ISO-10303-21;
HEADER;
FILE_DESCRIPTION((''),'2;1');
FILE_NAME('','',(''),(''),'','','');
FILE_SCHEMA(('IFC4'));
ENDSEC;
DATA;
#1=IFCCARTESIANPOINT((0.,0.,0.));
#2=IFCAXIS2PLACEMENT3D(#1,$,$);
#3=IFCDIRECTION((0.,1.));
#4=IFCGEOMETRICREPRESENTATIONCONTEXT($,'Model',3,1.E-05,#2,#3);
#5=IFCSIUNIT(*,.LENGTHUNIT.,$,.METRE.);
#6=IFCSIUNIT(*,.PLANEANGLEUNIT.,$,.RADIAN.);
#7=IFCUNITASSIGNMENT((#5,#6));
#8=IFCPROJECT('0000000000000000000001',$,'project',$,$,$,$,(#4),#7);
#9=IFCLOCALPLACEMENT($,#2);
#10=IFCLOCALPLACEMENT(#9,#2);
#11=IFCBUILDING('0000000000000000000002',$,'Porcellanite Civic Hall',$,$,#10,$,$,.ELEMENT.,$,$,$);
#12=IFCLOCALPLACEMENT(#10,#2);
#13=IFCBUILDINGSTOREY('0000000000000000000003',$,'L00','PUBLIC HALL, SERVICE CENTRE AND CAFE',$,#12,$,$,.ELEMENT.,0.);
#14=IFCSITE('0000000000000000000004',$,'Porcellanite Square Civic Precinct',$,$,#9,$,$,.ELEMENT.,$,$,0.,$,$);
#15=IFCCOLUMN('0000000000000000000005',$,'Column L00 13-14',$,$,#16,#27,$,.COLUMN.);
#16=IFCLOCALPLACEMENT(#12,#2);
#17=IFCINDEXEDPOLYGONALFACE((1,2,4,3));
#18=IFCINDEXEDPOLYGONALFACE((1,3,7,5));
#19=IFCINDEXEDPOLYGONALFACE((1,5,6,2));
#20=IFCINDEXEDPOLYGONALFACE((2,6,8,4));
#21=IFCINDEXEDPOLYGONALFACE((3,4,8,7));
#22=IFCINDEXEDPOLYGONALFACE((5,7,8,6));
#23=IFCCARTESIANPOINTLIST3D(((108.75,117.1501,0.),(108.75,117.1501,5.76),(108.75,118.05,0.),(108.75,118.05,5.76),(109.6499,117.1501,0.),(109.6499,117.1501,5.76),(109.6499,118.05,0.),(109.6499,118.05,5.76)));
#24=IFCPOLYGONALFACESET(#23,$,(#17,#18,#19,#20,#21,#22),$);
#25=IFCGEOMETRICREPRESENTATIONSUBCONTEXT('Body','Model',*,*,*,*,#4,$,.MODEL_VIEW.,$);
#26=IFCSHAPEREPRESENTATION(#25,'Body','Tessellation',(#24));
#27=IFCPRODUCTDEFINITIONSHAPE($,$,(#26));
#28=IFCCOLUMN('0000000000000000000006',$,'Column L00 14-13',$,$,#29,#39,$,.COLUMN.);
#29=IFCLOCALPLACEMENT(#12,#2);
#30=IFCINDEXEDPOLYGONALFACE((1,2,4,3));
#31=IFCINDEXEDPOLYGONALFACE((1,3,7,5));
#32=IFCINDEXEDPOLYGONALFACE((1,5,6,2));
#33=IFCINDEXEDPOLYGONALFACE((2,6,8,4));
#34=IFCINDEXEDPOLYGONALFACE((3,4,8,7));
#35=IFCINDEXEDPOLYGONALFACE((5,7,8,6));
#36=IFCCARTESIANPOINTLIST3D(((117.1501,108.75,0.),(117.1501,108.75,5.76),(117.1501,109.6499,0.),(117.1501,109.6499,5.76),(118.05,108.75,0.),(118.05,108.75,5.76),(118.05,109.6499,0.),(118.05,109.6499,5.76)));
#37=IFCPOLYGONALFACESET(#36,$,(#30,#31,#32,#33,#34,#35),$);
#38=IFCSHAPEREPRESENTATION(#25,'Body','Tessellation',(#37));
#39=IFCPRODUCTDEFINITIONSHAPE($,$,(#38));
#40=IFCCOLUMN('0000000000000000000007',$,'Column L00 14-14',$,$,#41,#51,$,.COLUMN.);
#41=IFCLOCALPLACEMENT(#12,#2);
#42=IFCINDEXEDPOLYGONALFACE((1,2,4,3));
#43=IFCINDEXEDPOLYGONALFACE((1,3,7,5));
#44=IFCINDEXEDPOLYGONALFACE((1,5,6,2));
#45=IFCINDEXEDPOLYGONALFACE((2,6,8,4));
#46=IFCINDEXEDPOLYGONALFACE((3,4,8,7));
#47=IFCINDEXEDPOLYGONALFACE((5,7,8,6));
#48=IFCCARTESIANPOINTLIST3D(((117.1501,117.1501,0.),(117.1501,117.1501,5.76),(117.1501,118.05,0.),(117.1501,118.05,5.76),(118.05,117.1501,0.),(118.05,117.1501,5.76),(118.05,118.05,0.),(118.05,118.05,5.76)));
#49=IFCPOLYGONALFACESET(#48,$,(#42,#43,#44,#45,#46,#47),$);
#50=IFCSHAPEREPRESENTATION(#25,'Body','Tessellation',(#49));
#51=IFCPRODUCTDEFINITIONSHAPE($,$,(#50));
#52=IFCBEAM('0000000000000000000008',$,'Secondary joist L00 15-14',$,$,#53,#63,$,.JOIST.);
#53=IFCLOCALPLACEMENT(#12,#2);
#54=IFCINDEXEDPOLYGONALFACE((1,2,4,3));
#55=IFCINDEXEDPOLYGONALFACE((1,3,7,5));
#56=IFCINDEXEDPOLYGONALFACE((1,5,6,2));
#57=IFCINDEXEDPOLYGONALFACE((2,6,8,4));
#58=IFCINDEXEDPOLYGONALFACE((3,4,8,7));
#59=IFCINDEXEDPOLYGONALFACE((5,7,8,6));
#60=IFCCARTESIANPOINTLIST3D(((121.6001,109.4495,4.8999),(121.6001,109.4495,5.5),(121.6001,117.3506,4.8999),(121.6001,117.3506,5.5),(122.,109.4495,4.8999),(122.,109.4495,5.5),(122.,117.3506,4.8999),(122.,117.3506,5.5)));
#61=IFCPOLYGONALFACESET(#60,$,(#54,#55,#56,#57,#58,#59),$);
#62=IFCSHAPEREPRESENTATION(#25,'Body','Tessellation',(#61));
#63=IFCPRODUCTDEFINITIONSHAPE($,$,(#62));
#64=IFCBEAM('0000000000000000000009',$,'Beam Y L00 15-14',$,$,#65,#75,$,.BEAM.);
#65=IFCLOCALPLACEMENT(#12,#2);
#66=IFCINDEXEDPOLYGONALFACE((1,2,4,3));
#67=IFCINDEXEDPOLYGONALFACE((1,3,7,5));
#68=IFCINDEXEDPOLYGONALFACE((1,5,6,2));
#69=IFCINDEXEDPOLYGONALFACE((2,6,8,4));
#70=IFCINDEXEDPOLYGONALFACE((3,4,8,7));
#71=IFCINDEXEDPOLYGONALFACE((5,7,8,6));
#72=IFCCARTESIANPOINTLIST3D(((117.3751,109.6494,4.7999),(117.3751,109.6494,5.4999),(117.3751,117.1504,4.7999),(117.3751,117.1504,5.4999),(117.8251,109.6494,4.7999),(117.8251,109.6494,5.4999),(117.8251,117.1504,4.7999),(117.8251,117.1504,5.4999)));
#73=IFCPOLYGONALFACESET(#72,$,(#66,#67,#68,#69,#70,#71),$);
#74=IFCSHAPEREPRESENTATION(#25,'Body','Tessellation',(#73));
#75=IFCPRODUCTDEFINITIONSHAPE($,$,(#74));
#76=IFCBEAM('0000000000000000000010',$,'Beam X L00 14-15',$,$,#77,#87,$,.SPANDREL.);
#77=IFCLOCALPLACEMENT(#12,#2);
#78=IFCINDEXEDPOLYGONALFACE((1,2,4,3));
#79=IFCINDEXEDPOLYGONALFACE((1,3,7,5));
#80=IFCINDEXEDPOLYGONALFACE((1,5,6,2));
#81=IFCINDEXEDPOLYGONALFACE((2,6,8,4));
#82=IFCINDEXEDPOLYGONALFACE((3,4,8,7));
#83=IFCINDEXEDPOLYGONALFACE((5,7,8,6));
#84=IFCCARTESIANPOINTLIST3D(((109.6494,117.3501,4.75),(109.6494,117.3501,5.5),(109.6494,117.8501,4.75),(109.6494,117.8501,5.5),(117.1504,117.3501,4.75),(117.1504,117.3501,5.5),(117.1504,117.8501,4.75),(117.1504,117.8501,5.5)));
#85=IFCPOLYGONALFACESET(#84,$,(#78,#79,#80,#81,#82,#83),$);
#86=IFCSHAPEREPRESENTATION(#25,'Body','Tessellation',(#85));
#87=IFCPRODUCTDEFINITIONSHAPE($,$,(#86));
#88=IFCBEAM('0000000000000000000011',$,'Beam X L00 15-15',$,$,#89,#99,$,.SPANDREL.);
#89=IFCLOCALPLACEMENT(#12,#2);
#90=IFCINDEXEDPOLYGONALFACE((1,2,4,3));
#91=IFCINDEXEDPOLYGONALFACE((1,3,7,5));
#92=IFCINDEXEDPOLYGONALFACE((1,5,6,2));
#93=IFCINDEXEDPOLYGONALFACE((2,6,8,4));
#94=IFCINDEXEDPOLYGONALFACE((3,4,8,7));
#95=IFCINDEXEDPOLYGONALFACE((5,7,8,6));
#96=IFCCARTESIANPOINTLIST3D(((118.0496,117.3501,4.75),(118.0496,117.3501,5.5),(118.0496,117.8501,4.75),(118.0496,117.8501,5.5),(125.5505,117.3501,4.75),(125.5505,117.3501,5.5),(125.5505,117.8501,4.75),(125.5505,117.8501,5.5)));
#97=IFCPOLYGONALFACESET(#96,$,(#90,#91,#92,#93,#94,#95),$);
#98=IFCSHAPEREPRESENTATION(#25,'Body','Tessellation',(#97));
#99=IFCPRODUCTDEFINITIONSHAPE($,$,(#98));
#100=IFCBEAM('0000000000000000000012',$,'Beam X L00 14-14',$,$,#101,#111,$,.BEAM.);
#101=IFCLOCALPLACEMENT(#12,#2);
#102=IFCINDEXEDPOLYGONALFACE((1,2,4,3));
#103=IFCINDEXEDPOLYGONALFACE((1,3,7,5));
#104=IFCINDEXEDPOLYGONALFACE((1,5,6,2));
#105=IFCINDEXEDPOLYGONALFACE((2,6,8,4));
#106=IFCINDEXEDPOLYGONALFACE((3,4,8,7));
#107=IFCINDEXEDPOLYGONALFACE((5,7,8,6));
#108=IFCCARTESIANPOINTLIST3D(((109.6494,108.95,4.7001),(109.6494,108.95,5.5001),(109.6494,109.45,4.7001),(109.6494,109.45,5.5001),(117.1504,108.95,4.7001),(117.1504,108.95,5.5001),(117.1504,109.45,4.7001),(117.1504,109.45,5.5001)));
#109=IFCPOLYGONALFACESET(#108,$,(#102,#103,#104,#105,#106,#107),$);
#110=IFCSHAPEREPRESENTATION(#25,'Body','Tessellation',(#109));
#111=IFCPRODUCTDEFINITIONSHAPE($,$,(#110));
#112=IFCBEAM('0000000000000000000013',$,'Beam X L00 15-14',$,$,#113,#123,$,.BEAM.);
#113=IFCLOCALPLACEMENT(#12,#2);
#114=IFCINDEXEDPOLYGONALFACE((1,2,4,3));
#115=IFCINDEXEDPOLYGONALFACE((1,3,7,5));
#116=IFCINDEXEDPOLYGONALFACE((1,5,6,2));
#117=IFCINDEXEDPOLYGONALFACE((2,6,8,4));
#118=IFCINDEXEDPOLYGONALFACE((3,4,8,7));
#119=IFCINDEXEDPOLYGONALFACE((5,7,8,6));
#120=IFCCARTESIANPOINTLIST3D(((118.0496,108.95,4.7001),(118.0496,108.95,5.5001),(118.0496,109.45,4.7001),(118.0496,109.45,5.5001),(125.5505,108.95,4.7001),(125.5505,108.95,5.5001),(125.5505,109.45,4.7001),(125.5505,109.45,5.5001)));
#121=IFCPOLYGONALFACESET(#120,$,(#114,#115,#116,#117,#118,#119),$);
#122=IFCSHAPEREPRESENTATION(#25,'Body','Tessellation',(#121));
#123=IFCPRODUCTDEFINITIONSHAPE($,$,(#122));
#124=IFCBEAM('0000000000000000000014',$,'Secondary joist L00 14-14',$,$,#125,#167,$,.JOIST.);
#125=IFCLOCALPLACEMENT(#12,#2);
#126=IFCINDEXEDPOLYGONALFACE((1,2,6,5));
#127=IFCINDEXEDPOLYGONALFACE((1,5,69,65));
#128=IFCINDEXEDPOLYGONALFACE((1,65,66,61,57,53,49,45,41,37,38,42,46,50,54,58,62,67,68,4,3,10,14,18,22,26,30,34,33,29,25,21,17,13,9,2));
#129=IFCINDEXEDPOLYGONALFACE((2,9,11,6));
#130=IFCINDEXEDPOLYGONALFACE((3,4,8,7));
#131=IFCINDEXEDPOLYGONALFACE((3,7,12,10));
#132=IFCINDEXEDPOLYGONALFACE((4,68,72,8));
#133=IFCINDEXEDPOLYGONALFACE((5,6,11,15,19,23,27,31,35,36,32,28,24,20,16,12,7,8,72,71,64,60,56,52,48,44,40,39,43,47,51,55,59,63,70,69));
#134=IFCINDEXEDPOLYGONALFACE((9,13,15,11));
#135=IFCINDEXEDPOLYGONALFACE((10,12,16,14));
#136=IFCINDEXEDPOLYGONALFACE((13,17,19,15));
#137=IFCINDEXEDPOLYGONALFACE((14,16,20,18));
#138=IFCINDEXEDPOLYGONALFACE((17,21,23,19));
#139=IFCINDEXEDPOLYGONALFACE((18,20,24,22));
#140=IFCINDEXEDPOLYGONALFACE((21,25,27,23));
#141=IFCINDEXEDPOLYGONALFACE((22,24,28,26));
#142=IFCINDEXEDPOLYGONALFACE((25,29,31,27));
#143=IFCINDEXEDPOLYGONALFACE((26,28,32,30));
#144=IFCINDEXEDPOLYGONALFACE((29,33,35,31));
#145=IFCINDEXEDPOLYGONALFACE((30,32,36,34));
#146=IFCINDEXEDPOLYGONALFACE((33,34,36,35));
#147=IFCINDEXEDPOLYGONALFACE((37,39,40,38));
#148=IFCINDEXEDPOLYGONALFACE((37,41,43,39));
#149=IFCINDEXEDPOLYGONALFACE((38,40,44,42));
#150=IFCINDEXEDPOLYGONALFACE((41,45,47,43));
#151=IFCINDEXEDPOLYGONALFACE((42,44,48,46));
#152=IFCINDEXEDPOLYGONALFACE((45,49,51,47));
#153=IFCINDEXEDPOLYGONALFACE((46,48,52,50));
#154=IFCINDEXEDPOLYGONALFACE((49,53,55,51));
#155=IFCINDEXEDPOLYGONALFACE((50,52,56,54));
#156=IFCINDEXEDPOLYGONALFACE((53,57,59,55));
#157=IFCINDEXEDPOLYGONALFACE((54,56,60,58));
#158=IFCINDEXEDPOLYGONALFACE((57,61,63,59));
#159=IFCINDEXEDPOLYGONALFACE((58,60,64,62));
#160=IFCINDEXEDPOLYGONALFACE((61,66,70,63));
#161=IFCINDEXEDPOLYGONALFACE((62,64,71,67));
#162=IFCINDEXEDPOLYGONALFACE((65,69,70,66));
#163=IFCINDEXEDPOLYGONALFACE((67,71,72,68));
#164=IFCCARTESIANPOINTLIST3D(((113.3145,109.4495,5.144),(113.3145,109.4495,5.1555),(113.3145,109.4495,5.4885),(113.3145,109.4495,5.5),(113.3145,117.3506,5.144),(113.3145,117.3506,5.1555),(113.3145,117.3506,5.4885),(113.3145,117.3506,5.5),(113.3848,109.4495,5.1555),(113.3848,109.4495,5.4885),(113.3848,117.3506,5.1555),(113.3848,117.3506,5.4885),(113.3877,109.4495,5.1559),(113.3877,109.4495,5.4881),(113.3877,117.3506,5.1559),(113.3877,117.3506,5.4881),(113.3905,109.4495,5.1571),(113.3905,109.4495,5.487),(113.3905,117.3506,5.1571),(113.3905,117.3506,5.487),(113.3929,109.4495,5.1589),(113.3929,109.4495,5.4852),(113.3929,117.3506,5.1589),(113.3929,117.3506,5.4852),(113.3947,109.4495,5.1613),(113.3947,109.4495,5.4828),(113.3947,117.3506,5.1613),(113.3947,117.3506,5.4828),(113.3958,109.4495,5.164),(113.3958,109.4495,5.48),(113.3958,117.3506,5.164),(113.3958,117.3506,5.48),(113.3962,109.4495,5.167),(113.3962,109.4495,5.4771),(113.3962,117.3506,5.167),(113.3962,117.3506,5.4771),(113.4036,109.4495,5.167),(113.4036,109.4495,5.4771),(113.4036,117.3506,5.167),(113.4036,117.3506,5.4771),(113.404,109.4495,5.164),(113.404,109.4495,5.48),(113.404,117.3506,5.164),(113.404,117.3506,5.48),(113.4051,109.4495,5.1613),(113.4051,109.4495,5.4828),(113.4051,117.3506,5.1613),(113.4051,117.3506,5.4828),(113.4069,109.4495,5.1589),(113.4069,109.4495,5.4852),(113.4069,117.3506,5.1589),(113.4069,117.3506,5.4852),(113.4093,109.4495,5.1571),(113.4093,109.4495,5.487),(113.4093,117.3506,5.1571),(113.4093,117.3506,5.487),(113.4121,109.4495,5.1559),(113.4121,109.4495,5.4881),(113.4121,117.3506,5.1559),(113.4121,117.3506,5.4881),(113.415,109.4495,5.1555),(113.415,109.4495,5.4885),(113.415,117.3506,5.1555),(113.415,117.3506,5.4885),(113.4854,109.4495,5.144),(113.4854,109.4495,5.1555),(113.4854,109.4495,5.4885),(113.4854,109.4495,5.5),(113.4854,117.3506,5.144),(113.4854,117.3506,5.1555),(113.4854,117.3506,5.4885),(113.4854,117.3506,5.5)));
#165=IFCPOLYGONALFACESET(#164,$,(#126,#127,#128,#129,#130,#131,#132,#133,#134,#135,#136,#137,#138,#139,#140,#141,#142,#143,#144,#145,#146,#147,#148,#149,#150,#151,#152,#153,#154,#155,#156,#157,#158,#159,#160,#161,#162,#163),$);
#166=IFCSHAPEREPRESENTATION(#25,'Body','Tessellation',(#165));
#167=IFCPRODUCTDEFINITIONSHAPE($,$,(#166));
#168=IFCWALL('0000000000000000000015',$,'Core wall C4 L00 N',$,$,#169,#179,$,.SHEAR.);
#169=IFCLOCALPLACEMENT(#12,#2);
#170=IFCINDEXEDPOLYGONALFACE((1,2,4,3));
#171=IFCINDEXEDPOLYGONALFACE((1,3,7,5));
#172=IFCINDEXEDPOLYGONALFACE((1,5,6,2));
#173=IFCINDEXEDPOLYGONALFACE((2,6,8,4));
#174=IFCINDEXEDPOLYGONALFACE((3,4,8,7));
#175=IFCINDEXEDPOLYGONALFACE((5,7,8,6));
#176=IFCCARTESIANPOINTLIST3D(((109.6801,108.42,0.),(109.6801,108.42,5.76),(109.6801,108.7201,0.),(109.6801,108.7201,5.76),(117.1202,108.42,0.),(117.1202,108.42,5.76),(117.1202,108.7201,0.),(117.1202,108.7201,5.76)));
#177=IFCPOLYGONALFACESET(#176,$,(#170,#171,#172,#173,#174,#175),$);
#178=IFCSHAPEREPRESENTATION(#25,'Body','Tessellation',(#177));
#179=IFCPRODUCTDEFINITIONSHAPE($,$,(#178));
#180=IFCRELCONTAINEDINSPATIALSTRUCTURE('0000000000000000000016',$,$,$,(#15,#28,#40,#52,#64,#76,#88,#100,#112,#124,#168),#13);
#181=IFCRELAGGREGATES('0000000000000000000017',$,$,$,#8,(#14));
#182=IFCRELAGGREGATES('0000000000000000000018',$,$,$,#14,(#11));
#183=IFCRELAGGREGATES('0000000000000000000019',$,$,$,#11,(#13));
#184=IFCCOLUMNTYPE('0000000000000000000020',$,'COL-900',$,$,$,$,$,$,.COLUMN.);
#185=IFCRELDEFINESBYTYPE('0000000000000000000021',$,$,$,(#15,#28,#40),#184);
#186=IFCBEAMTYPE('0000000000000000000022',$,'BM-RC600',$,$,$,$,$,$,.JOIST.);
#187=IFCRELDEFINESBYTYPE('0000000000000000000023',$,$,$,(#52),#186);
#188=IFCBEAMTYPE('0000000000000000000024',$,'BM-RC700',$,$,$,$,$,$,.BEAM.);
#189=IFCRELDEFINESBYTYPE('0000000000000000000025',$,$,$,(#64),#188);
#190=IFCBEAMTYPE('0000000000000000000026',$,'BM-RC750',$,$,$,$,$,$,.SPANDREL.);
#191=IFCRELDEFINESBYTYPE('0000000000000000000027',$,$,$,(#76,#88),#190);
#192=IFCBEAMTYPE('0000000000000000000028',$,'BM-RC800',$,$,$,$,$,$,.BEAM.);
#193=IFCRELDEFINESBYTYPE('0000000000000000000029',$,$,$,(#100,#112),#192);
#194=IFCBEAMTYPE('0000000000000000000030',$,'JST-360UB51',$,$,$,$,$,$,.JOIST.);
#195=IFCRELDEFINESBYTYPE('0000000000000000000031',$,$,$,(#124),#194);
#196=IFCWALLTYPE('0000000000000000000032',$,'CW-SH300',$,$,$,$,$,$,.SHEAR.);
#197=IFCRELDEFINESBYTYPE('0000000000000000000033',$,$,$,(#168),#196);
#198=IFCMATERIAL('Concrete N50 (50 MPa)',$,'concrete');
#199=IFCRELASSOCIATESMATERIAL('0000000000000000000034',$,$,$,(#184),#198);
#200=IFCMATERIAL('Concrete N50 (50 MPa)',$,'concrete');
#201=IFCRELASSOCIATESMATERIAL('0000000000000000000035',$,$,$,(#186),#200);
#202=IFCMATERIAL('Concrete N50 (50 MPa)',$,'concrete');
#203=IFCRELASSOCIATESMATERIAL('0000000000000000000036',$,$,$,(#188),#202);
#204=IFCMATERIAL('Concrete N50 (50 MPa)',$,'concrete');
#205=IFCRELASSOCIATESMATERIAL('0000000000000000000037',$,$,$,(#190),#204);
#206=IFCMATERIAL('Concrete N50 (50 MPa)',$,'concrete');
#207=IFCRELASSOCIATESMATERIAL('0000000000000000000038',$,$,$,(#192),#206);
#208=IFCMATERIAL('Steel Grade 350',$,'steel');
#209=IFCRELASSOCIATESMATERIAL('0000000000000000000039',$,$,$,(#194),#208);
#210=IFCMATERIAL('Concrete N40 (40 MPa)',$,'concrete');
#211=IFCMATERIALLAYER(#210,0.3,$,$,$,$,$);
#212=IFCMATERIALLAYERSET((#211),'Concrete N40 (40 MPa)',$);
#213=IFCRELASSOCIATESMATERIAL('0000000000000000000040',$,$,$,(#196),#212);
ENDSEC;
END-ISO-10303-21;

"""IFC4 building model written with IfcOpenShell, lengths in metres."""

from ifc_helpers import new_model, si_unit, direction, frame, frame_2d, origin, origin_2d, place, context, subcontext, project, spatial, rectangle, i_section, extrude, material, layer, layer_set, material_profile, profile_set, type_object, element, save


model = new_model("IFC4")

# Units and contexts
model_context = context("Model", 3, precision=1e-05, world=origin(), true_north=direction((0.0, 1.0)))
body_context = subcontext(model_context, "Body", "Model", "MODEL_VIEW")
ifc_project = project(units=[si_unit("LENGTHUNIT", "METRE"), si_unit("PLANEANGLEUNIT", "RADIAN")], contexts=[model_context])

# Site, building, storey
site_placement = place(None, origin())
site = spatial("IfcSite", under=ifc_project, at=site_placement, Name="Porcellanite Square Civic Precinct", CompositionType="ELEMENT", RefElevation=0.0)
building_placement = place(site_placement, origin())
building = spatial("IfcBuilding", under=site, at=building_placement, Name="Porcellanite Civic Hall", CompositionType="ELEMENT")
storey_placement = place(building_placement, origin())
storey = spatial("IfcBuildingStorey", under=building, at=storey_placement, Name="L00", Description="PUBLIC HALL, SERVICE CENTRE AND CAFE", CompositionType="ELEMENT", Elevation=0.0)

# Columns
ifc_material_1 = material(Name="Concrete N50 (50 MPa)", Category="concrete")
ifc_material_profile_1 = material_profile(ifc_material_1, rectangle(XDim=0.8999, YDim=0.8999, at=origin_2d()), Name="RC-900x900")
ifc_profile_set_1 = profile_set([ifc_material_profile_1], Name="Concrete N50 (50 MPa)")
column_type = type_object("IfcColumnType", Name="COL-900", PredefinedType="COLUMN", material=ifc_profile_set_1)
for number, where, z_axis, x_axis, name in (
    (1, (109.2, 117.6001, 0.0), (0.0, 0.0, 1.0), (1.0, 0.0, 0.0), "Column L00 13-14"),
    (2, (117.6001, 109.2, 0.0), (0.0, 0.0, 1.0), (1.0, 0.0, 0.0), "Column L00 14-13"),
    (3, (117.6001, 117.6001, 0.0), (0.0, 0.0, 1.0), (1.0, 0.0, 0.0), "Column L00 14-14"),
):
    element("IfcColumn", number, at=place(storey_placement, frame(where, z_axis=z_axis, x_axis=x_axis)), inside=storey, type_object=column_type, Name=name, PredefinedType="COLUMN", context=body_context, shape_type="SweptSolid", body=[
        extrude(rectangle(XDim=0.8999, YDim=0.8999, at=origin_2d()), origin(), (0.0, 0.0, 1.0), 5.76),
    ])

# Beams
ifc_material_2 = material(Name="Concrete N50 (50 MPa)", Category="concrete")
ifc_material_profile_2 = material_profile(ifc_material_2, rectangle(XDim=0.3999, YDim=0.6001, at=origin_2d()), Name="RC-400x600")
ifc_profile_set_2 = profile_set([ifc_material_profile_2], Name="Concrete N50 (50 MPa)")
beam_type_1 = type_object("IfcBeamType", Name="BM-RC600", PredefinedType="JOIST", material=ifc_profile_set_2)
beam_1_placement = place(storey_placement, frame((121.8, 109.4495, 5.2), z_axis=(0.0, 1.0, 0.0), x_axis=(-1.0, 0.0, 0.0)))
element("IfcBeam", 4, at=beam_1_placement, inside=storey, type_object=beam_type_1, Name="Secondary joist L00 15-14", PredefinedType="JOIST", context=body_context, shape_type="SweptSolid", body=[
    extrude(rectangle(XDim=0.3999, YDim=0.6001, at=origin_2d()), origin(), (0.0, 0.0, 1.0), 7.9011),
])
ifc_material_3 = material(Name="Concrete N50 (50 MPa)", Category="concrete")
ifc_material_profile_3 = material_profile(ifc_material_3, rectangle(XDim=0.45, YDim=0.7, at=origin_2d()), Name="RC-450x700")
ifc_profile_set_3 = profile_set([ifc_material_profile_3], Name="Concrete N50 (50 MPa)")
beam_type_2 = type_object("IfcBeamType", Name="BM-RC700", PredefinedType="BEAM", material=ifc_profile_set_3)
beam_2_placement = place(storey_placement, frame((117.6001, 109.6494, 5.1499), z_axis=(0.0, 1.0, 0.0), x_axis=(-1.0, 0.0, 0.0)))
element("IfcBeam", 5, at=beam_2_placement, inside=storey, type_object=beam_type_2, Name="Beam Y L00 15-14", PredefinedType="BEAM", context=body_context, shape_type="SweptSolid", body=[
    extrude(rectangle(XDim=0.45, YDim=0.7, at=origin_2d()), origin(), (0.0, 0.0, 1.0), 7.501),
])
ifc_material_4 = material(Name="Concrete N50 (50 MPa)", Category="concrete")
ifc_material_profile_4 = material_profile(ifc_material_4, rectangle(XDim=0.5, YDim=0.75, at=origin_2d()), Name="RC-500x750")
ifc_profile_set_4 = profile_set([ifc_material_profile_4], Name="Concrete N50 (50 MPa)")
beam_type_3 = type_object("IfcBeamType", Name="BM-RC750", PredefinedType="SPANDREL", material=ifc_profile_set_4)
for number, where, z_axis, x_axis, name in (
    (6, (109.6494, 117.6001, 5.125), (1.0, 0.0, 0.0), (0.0, 1.0, 0.0), "Beam X L00 14-15"),
    (7, (118.0496, 117.6001, 5.125), (1.0, 0.0, 0.0), (0.0, 1.0, 0.0), "Beam X L00 15-15"),
):
    element("IfcBeam", number, at=place(storey_placement, frame(where, z_axis=z_axis, x_axis=x_axis)), inside=storey, type_object=beam_type_3, Name=name, PredefinedType="SPANDREL", context=body_context, shape_type="SweptSolid", body=[
        extrude(rectangle(XDim=0.5, YDim=0.75, at=origin_2d()), origin(), (0.0, 0.0, 1.0), 7.501),
    ])
ifc_material_5 = material(Name="Concrete N50 (50 MPa)", Category="concrete")
ifc_material_profile_5 = material_profile(ifc_material_5, rectangle(XDim=0.5, YDim=0.8, at=origin_2d()), Name="RC-500x800")
ifc_profile_set_5 = profile_set([ifc_material_profile_5], Name="Concrete N50 (50 MPa)")
beam_type_4 = type_object("IfcBeamType", Name="BM-RC800", PredefinedType="BEAM", material=ifc_profile_set_5)
for number, where, z_axis, x_axis, name in (
    (8, (109.6494, 109.2, 5.1001), (1.0, 0.0, 0.0), (0.0, 1.0, 0.0), "Beam X L00 14-14"),
    (9, (118.0496, 109.2, 5.1001), (1.0, 0.0, 0.0), (0.0, 1.0, 0.0), "Beam X L00 15-14"),
):
    element("IfcBeam", number, at=place(storey_placement, frame(where, z_axis=z_axis, x_axis=x_axis)), inside=storey, type_object=beam_type_4, Name=name, PredefinedType="BEAM", context=body_context, shape_type="SweptSolid", body=[
        extrude(rectangle(XDim=0.5, YDim=0.8, at=origin_2d()), origin(), (0.0, 0.0, 1.0), 7.501),
    ])
ifc_material_6 = material(Name="Steel Grade 350", Category="steel")
ifc_material_profile_6 = material_profile(ifc_material_6, i_section(OverallWidth=0.1709, OverallDepth=0.356, WebThickness=0.0073, FlangeThickness=0.0115, FilletRadius=0.0115, at=origin_2d()), Name="360UB50.7")
ifc_profile_set_6 = profile_set([ifc_material_profile_6], Name="Steel Grade 350")
beam_type_5 = type_object("IfcBeamType", Name="JST-360UB51", PredefinedType="JOIST", material=ifc_profile_set_6)
beam_3_placement = place(storey_placement, frame((113.3999, 109.4495, 5.322), z_axis=(0.0, 1.0, 0.0), x_axis=(-1.0, 0.0, 0.0)))
element("IfcBeam", 10, at=beam_3_placement, inside=storey, type_object=beam_type_5, Name="Secondary joist L00 14-14", PredefinedType="JOIST", context=body_context, shape_type="SweptSolid", body=[
    extrude(i_section(OverallWidth=0.1709, OverallDepth=0.356, WebThickness=0.0073, FlangeThickness=0.0115, FilletRadius=0.0115, at=origin_2d()), origin(), (0.0, 0.0, 1.0), 7.9011),
])

# Wall
ifc_material_7 = material(Name="Concrete N40 (40 MPa)", Category="concrete")
ifc_layer_1 = layer(ifc_material_7, 0.3)
ifc_layer_set_1 = layer_set([ifc_layer_1], Name="Concrete N40 (40 MPa)")
wall_type_1 = type_object("IfcWallType", Name="CW-SH300", PredefinedType="SHEAR", material=ifc_layer_set_1)
wall_1_placement = place(storey_placement, frame((109.6799, 108.5701, 0.0), z_axis=(0.0, 0.0, 1.0), x_axis=(1.0, 0.0, 0.0)))
element("IfcWall", 11, at=wall_1_placement, inside=storey, type_object=wall_type_1, Name="Core wall C4 L00 N", PredefinedType="SHEAR", context=body_context, shape_type="SweptSolid", body=[
    extrude(rectangle(XDim=7.4402, YDim=0.3, at=frame_2d((3.7202, 0.0))), origin(), (0.0, 0.0, 1.0), 5.76),
])

save(model, "model.ifc")
